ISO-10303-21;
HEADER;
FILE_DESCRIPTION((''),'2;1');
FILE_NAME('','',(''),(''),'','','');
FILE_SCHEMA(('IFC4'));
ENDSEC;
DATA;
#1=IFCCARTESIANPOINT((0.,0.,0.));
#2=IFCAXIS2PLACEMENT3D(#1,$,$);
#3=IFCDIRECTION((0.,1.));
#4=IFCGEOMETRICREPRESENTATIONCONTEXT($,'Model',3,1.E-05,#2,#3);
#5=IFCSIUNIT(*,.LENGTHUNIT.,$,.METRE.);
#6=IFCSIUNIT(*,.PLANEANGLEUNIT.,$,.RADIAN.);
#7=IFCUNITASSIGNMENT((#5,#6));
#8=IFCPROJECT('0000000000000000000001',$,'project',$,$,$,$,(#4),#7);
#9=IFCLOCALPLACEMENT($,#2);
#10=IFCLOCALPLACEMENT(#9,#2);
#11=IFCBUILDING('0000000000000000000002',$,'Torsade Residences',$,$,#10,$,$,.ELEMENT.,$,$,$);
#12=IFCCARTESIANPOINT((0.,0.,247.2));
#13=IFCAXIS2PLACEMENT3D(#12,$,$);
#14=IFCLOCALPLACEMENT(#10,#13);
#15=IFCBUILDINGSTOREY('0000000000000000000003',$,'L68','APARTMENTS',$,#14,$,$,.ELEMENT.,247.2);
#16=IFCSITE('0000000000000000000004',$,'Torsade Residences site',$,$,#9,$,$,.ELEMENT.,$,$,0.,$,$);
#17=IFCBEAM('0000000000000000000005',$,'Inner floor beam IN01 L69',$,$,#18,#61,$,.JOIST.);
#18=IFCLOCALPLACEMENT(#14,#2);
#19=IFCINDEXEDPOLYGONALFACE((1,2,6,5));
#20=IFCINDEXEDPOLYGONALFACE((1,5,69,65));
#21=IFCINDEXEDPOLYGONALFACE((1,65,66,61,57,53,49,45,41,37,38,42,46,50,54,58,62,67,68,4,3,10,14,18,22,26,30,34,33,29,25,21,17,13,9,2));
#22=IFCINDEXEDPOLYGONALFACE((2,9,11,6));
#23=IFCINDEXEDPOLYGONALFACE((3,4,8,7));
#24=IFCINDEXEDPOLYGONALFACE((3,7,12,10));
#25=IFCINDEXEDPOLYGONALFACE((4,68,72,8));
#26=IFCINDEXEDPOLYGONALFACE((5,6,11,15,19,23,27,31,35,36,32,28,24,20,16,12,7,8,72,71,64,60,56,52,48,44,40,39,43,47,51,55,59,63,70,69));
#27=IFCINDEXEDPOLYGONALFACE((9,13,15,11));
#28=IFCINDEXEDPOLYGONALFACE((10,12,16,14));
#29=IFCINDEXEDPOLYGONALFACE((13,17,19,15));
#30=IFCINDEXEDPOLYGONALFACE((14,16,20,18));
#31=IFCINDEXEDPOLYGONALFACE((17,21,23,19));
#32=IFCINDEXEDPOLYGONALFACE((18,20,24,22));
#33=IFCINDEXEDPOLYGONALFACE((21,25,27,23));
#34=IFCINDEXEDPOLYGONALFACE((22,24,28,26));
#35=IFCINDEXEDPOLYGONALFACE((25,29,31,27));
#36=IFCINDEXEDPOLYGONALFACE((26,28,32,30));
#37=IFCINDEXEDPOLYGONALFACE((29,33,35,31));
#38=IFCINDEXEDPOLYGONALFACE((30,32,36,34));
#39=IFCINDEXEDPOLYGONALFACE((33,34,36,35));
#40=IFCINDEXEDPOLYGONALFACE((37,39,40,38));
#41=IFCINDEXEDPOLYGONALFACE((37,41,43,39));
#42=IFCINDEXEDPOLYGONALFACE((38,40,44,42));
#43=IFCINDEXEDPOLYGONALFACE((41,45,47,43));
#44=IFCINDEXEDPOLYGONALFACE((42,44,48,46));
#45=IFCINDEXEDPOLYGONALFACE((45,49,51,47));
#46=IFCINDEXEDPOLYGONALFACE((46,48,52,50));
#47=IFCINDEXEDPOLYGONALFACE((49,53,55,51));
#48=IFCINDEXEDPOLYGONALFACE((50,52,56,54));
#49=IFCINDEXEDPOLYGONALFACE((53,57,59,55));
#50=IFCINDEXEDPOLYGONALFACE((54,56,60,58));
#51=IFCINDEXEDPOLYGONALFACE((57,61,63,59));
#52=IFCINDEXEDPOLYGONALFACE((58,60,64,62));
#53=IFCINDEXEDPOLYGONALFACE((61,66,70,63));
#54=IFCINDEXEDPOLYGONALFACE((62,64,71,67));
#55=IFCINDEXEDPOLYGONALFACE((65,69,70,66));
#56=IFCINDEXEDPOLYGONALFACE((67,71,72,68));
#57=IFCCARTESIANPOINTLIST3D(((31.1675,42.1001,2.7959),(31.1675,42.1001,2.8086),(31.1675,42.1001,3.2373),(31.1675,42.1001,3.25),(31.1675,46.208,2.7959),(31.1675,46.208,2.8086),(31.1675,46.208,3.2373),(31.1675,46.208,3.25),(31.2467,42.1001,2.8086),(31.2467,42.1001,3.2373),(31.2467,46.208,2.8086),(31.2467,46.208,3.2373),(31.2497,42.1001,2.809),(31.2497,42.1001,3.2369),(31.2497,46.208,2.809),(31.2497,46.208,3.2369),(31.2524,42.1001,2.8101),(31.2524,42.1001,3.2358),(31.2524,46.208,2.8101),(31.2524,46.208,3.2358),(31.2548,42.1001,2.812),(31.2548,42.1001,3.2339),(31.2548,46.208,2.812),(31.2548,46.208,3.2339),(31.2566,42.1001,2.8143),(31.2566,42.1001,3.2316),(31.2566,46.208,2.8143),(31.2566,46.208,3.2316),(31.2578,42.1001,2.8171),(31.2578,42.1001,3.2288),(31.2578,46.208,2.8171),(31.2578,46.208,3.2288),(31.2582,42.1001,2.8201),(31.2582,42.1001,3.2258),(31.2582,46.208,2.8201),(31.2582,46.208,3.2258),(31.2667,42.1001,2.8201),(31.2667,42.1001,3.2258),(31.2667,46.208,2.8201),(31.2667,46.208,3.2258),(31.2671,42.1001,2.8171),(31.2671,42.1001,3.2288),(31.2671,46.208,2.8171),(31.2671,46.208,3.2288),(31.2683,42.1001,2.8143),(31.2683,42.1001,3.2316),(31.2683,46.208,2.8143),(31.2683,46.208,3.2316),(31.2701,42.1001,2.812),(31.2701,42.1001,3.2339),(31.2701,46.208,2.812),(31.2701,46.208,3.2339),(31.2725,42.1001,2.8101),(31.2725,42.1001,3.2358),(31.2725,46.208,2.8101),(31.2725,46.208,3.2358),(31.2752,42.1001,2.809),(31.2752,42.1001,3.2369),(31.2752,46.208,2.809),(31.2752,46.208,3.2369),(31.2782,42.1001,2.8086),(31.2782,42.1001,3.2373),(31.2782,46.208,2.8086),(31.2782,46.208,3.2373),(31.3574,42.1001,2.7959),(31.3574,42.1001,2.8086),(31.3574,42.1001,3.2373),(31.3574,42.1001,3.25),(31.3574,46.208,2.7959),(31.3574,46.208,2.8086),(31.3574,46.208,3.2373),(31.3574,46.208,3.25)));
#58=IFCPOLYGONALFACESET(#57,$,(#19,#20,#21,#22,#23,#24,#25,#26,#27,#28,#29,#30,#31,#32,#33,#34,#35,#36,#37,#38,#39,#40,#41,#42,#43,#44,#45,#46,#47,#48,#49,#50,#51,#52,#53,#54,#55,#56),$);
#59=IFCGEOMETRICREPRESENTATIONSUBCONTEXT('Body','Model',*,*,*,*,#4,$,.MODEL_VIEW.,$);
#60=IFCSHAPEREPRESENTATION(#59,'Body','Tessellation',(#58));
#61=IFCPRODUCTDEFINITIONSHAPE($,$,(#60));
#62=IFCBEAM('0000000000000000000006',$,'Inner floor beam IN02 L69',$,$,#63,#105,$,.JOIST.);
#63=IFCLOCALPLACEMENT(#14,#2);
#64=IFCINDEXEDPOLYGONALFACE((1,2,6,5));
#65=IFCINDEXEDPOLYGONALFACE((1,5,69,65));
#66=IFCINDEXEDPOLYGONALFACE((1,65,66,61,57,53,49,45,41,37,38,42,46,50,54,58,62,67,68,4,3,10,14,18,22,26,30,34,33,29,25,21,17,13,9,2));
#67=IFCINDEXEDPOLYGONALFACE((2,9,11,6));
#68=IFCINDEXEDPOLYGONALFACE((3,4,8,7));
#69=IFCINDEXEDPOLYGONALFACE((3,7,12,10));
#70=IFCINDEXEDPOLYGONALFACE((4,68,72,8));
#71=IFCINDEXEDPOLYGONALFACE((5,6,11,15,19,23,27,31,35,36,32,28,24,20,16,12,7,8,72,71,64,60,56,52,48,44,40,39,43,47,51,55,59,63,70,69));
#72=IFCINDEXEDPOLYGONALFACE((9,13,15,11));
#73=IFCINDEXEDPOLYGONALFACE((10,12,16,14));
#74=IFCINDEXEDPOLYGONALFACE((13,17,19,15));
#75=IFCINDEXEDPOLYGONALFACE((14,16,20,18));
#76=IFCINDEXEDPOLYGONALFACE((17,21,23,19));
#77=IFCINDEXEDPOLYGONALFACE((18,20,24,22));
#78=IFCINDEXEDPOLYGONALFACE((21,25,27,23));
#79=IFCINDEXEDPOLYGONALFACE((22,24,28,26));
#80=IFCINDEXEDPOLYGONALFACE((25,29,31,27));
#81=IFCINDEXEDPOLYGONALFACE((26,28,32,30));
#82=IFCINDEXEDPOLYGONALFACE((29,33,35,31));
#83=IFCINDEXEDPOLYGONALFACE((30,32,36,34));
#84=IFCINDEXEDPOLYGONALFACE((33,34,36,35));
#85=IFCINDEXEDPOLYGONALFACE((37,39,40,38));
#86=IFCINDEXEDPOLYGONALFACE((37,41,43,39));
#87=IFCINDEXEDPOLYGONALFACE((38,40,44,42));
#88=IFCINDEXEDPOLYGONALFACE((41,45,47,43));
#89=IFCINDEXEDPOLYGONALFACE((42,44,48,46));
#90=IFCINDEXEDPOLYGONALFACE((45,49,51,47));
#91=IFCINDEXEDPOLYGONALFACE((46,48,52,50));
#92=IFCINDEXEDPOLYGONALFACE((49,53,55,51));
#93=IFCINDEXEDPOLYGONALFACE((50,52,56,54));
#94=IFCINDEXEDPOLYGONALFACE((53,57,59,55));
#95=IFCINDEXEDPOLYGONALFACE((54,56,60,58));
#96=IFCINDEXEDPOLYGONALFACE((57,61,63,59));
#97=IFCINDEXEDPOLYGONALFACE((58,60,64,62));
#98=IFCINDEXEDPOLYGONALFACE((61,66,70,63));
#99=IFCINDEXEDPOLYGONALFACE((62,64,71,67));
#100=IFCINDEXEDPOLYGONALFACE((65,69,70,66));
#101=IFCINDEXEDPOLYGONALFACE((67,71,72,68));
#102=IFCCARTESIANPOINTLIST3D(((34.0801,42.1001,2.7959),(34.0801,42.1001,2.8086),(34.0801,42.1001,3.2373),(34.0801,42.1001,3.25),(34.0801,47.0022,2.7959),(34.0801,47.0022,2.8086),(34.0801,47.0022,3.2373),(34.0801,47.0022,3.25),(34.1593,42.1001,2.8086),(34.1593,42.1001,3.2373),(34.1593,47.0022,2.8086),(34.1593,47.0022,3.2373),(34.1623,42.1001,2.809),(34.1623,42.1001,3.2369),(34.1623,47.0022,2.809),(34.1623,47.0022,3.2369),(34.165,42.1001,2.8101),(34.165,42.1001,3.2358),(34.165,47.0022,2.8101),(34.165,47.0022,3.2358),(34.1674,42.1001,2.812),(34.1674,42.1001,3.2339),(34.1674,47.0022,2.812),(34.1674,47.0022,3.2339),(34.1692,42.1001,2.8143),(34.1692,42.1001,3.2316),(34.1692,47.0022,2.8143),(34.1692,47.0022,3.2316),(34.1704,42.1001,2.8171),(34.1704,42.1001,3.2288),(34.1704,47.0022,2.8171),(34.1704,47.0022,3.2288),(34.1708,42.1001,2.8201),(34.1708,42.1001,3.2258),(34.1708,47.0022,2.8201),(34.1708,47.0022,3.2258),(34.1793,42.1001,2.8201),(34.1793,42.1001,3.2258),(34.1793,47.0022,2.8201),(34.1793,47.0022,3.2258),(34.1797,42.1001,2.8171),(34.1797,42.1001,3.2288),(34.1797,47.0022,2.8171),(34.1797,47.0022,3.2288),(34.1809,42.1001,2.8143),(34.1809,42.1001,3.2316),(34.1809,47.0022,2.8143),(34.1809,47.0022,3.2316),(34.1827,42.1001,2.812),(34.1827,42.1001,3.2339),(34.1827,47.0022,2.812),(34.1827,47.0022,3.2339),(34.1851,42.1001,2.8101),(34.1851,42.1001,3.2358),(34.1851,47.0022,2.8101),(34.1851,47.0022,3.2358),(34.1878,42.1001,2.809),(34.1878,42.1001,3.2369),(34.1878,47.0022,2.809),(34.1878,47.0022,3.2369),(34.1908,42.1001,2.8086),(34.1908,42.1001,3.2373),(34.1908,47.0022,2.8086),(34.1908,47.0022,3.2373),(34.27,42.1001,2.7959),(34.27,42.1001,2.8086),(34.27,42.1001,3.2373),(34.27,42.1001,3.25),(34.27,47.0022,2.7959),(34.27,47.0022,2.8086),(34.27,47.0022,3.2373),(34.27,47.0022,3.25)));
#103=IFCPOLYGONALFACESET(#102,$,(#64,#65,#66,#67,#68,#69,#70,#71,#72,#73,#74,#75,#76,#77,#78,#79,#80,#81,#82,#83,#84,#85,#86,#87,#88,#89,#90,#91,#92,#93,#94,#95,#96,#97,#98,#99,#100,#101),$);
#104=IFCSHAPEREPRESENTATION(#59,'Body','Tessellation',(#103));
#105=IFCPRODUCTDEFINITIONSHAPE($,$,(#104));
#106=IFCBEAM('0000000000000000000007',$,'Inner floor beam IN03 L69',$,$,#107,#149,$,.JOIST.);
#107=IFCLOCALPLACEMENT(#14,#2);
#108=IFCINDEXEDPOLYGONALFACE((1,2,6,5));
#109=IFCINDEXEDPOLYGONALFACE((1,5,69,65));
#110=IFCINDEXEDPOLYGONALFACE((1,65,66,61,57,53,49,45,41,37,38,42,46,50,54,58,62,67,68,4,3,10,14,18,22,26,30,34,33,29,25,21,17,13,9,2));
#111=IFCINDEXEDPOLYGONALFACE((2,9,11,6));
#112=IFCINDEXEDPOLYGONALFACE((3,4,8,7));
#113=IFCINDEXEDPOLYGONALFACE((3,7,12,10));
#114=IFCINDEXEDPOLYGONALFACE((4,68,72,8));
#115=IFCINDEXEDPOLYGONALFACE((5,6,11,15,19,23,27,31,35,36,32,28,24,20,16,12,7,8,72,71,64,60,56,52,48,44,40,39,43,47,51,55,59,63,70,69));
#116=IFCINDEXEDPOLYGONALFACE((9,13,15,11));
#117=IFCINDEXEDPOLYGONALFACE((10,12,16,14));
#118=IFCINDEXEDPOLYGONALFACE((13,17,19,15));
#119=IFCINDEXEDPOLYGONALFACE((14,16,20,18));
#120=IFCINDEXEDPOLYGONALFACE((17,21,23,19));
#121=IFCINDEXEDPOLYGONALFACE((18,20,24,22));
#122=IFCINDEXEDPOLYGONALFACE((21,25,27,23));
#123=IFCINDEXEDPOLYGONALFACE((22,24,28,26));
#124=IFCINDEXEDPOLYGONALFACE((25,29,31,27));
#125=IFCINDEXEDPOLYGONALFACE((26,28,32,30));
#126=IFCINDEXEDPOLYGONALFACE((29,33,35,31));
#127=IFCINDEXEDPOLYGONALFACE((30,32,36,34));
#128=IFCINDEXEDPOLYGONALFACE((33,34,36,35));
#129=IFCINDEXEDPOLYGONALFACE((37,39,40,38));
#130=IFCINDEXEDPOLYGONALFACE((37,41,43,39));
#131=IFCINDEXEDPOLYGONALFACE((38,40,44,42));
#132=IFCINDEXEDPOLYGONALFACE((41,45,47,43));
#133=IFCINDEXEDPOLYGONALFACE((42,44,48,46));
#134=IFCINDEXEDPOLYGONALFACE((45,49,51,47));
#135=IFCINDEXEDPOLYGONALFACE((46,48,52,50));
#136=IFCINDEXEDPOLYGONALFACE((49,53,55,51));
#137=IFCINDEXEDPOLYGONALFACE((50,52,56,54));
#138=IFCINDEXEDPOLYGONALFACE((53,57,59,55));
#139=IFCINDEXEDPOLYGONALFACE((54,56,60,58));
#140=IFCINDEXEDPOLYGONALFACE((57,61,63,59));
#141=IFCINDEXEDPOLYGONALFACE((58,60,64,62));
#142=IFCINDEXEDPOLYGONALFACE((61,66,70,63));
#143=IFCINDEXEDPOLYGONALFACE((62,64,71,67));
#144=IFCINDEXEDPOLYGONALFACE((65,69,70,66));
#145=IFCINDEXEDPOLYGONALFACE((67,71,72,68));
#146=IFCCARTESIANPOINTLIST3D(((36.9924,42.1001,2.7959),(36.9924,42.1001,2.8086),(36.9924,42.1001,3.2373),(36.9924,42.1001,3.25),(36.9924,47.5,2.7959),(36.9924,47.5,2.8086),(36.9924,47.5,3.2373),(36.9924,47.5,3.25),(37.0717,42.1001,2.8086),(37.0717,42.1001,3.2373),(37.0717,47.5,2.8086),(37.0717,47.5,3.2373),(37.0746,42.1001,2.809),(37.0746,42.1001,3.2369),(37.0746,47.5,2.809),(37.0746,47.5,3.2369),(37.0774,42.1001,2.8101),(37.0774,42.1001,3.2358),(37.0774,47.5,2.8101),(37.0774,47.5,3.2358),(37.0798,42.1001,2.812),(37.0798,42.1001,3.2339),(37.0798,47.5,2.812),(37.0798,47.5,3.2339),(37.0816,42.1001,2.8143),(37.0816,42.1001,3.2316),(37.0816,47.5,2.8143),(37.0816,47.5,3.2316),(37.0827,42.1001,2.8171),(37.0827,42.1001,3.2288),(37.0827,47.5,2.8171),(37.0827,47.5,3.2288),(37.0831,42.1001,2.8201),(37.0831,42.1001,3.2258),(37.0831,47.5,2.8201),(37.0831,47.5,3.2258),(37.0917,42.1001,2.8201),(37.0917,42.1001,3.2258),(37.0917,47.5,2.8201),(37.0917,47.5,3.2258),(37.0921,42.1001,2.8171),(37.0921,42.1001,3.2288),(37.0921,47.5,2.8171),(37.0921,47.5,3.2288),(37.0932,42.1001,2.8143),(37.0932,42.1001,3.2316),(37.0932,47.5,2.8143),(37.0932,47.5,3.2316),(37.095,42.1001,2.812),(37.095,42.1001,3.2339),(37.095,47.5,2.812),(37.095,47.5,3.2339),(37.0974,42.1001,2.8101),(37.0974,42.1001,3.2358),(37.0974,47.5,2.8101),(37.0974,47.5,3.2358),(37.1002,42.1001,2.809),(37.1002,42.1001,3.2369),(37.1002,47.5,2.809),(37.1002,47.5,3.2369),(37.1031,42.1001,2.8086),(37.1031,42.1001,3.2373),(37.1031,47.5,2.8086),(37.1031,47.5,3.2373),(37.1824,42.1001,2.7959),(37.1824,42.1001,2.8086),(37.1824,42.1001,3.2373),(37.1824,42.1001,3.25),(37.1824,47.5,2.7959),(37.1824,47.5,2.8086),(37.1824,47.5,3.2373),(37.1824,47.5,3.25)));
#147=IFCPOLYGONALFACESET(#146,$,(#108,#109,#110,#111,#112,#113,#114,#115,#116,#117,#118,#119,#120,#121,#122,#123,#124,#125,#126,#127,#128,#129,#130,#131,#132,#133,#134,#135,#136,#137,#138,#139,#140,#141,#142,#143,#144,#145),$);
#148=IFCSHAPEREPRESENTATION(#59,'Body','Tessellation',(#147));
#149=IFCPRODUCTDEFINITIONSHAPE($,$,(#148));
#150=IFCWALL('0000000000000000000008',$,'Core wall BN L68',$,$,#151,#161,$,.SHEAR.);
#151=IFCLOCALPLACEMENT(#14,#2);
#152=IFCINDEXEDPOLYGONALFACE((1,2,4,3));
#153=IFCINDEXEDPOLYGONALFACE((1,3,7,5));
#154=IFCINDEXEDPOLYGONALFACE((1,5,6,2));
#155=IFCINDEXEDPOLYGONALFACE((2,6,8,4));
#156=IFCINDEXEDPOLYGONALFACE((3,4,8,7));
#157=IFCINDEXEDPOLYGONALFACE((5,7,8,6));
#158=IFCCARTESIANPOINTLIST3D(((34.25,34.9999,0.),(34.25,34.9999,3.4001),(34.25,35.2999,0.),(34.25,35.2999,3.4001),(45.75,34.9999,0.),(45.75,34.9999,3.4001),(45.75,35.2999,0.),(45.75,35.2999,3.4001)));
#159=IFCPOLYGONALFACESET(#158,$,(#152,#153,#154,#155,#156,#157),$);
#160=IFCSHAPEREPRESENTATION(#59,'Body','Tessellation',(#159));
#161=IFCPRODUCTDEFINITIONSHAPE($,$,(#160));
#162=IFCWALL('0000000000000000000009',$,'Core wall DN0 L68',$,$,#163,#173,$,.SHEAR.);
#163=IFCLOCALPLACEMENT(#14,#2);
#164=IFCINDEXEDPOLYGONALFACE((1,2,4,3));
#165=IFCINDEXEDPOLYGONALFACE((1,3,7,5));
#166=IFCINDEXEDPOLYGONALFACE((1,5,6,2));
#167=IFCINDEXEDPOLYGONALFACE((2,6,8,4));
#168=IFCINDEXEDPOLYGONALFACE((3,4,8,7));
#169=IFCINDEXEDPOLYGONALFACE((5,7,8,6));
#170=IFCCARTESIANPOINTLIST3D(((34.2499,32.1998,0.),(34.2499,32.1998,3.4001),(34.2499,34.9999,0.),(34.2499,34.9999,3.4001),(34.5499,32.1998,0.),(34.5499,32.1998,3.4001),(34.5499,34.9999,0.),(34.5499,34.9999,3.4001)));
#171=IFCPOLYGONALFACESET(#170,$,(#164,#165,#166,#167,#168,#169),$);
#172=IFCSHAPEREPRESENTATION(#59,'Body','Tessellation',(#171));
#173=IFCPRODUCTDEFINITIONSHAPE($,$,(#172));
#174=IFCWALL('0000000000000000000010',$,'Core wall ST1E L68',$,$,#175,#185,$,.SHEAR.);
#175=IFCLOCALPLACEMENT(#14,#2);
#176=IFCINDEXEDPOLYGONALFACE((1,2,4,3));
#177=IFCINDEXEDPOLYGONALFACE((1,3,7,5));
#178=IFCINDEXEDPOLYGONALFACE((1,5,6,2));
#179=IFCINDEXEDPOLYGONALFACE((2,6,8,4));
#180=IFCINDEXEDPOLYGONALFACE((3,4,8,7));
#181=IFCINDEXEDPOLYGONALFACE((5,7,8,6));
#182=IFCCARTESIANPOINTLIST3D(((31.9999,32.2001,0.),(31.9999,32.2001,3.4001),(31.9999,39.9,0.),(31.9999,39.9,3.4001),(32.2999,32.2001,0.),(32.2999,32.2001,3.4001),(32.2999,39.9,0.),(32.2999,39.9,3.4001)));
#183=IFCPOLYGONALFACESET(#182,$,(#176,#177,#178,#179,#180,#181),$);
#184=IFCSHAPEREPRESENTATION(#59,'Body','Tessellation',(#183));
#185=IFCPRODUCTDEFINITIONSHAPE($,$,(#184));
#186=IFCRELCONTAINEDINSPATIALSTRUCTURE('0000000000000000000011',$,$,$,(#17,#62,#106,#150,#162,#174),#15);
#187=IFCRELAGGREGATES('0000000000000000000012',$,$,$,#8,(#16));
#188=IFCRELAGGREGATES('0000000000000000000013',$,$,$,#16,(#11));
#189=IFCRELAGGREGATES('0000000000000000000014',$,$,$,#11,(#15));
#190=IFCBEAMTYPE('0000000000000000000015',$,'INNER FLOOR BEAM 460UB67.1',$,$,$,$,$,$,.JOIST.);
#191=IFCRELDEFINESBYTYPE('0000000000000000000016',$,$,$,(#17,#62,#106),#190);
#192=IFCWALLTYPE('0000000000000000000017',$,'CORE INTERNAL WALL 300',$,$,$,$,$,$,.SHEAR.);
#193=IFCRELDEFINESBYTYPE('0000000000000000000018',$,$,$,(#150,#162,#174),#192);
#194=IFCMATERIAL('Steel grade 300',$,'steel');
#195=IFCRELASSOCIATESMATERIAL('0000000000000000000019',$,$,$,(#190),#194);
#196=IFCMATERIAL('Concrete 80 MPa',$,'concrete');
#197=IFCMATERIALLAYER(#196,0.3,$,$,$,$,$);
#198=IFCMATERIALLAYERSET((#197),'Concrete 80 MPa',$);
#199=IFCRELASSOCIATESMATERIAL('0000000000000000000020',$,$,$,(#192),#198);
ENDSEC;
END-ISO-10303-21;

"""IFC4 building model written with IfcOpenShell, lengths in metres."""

from ifc_helpers import new_model, si_unit, direction, frame, frame_2d, origin, origin_2d, place, context, subcontext, project, spatial, rectangle, i_section, extrude, material, layer, layer_set, material_profile, profile_set, type_object, element, save


model = new_model("IFC4")

# Units and contexts
model_context = context("Model", 3, precision=1e-05, world=origin(), true_north=direction((0.0, 1.0)))
body_context = subcontext(model_context, "Body", "Model", "MODEL_VIEW")
ifc_project = project(units=[si_unit("LENGTHUNIT", "METRE"), si_unit("PLANEANGLEUNIT", "RADIAN")], contexts=[model_context])

# Site, building, storey
site_placement = place(None, origin())
site = spatial("IfcSite", under=ifc_project, at=site_placement, Name="Torsade Residences site", CompositionType="ELEMENT", RefElevation=0.0)
building_placement = place(site_placement, origin())
building = spatial("IfcBuilding", under=site, at=building_placement, Name="Torsade Residences", CompositionType="ELEMENT")
storey_placement = place(building_placement, frame((0.0, 0.0, 247.2)))
storey = spatial("IfcBuildingStorey", under=building, at=storey_placement, Name="L68", Description="APARTMENTS", CompositionType="ELEMENT", Elevation=247.2)

# Beams
ifc_material_1 = material(Name="Steel grade 300", Category="steel")
ifc_material_profile = material_profile(ifc_material_1, i_section(OverallWidth=0.1899, OverallDepth=0.4541, WebThickness=0.0085, FlangeThickness=0.0127, FilletRadius=0.0115, at=origin_2d()), Name="460UB67.1")
ifc_profile_set = profile_set([ifc_material_profile], Name="Steel grade 300")
beam_type = type_object("IfcBeamType", Name="INNER FLOOR BEAM 460UB67.1", PredefinedType="JOIST", material=ifc_profile_set)
beam_1_placement = place(storey_placement, frame((31.2625, 42.1001, 3.0229), z_axis=(0.0, 1.0, 0.0), x_axis=(-1.0, 0.0, 0.0)))
element("IfcBeam", 1, at=beam_1_placement, inside=storey, type_object=beam_type, Name="Inner floor beam IN01 L69", PredefinedType="JOIST", context=body_context, shape_type="SweptSolid", body=[
    extrude(i_section(OverallWidth=0.1899, OverallDepth=0.4541, WebThickness=0.0085, FlangeThickness=0.0127, FilletRadius=0.0115, at=origin_2d()), origin(), (0.0, 0.0, 1.0), 4.1079),
])
beam_2_placement = place(storey_placement, frame((34.175, 42.1001, 3.0229), z_axis=(0.0, 1.0, 0.0), x_axis=(-1.0, 0.0, 0.0)))
element("IfcBeam", 2, at=beam_2_placement, inside=storey, type_object=beam_type, Name="Inner floor beam IN02 L69", PredefinedType="JOIST", context=body_context, shape_type="SweptSolid", body=[
    extrude(i_section(OverallWidth=0.1899, OverallDepth=0.4541, WebThickness=0.0085, FlangeThickness=0.0127, FilletRadius=0.0115, at=origin_2d()), origin(), (0.0, 0.0, 1.0), 4.9021),
])
beam_3_placement = place(storey_placement, frame((37.0874, 42.1001, 3.0229), z_axis=(0.0, 1.0, 0.0), x_axis=(-1.0, 0.0, 0.0)))
element("IfcBeam", 3, at=beam_3_placement, inside=storey, type_object=beam_type, Name="Inner floor beam IN03 L69", PredefinedType="JOIST", context=body_context, shape_type="SweptSolid", body=[
    extrude(i_section(OverallWidth=0.1899, OverallDepth=0.4541, WebThickness=0.0085, FlangeThickness=0.0127, FilletRadius=0.0115, at=origin_2d()), origin(), (0.0, 0.0, 1.0), 5.3999),
])

# Walls
ifc_material_2 = material(Name="Concrete 80 MPa", Category="concrete")
ifc_layer_1 = layer(ifc_material_2, 0.3)
ifc_layer_set_1 = layer_set([ifc_layer_1], Name="Concrete 80 MPa")
wall_type_1 = type_object("IfcWallType", Name="CORE INTERNAL WALL 300", PredefinedType="SHEAR", material=ifc_layer_set_1)
wall_1_placement = place(storey_placement, frame((34.25, 35.1499, 0.0), z_axis=(0.0, 0.0, 1.0), x_axis=(1.0, 0.0, 0.0)))
element("IfcWall", 4, at=wall_1_placement, inside=storey, type_object=wall_type_1, Name="Core wall BN L68", PredefinedType="SHEAR", context=body_context, shape_type="SweptSolid", body=[
    extrude(rectangle(XDim=11.5, YDim=0.3, at=frame_2d((5.75, 0.0))), origin(), (0.0, 0.0, 1.0), 3.4001),
])
wall_2_placement = place(storey_placement, frame((34.3999, 32.2, 0.0), z_axis=(0.0, 0.0, 1.0), x_axis=(0.0, 1.0, 0.0)))
element("IfcWall", 5, at=wall_2_placement, inside=storey, type_object=wall_type_1, Name="Core wall DN0 L68", PredefinedType="SHEAR", context=body_context, shape_type="SweptSolid", body=[
    extrude(rectangle(XDim=2.8, YDim=0.3, at=frame_2d((1.3999, 0.0))), origin(), (0.0, 0.0, 1.0), 3.4001),
])
wall_3_placement = place(storey_placement, frame((32.1499, 32.2, 0.0), z_axis=(0.0, 0.0, 1.0), x_axis=(0.0, 1.0, 0.0)))
element("IfcWall", 6, at=wall_3_placement, inside=storey, type_object=wall_type_1, Name="Core wall ST1E L68", PredefinedType="SHEAR", context=body_context, shape_type="SweptSolid", body=[
    extrude(rectangle(XDim=7.7, YDim=0.3, at=frame_2d((3.8501, 0.0))), origin(), (0.0, 0.0, 1.0), 3.4001),
])

save(model, "model.ifc")
